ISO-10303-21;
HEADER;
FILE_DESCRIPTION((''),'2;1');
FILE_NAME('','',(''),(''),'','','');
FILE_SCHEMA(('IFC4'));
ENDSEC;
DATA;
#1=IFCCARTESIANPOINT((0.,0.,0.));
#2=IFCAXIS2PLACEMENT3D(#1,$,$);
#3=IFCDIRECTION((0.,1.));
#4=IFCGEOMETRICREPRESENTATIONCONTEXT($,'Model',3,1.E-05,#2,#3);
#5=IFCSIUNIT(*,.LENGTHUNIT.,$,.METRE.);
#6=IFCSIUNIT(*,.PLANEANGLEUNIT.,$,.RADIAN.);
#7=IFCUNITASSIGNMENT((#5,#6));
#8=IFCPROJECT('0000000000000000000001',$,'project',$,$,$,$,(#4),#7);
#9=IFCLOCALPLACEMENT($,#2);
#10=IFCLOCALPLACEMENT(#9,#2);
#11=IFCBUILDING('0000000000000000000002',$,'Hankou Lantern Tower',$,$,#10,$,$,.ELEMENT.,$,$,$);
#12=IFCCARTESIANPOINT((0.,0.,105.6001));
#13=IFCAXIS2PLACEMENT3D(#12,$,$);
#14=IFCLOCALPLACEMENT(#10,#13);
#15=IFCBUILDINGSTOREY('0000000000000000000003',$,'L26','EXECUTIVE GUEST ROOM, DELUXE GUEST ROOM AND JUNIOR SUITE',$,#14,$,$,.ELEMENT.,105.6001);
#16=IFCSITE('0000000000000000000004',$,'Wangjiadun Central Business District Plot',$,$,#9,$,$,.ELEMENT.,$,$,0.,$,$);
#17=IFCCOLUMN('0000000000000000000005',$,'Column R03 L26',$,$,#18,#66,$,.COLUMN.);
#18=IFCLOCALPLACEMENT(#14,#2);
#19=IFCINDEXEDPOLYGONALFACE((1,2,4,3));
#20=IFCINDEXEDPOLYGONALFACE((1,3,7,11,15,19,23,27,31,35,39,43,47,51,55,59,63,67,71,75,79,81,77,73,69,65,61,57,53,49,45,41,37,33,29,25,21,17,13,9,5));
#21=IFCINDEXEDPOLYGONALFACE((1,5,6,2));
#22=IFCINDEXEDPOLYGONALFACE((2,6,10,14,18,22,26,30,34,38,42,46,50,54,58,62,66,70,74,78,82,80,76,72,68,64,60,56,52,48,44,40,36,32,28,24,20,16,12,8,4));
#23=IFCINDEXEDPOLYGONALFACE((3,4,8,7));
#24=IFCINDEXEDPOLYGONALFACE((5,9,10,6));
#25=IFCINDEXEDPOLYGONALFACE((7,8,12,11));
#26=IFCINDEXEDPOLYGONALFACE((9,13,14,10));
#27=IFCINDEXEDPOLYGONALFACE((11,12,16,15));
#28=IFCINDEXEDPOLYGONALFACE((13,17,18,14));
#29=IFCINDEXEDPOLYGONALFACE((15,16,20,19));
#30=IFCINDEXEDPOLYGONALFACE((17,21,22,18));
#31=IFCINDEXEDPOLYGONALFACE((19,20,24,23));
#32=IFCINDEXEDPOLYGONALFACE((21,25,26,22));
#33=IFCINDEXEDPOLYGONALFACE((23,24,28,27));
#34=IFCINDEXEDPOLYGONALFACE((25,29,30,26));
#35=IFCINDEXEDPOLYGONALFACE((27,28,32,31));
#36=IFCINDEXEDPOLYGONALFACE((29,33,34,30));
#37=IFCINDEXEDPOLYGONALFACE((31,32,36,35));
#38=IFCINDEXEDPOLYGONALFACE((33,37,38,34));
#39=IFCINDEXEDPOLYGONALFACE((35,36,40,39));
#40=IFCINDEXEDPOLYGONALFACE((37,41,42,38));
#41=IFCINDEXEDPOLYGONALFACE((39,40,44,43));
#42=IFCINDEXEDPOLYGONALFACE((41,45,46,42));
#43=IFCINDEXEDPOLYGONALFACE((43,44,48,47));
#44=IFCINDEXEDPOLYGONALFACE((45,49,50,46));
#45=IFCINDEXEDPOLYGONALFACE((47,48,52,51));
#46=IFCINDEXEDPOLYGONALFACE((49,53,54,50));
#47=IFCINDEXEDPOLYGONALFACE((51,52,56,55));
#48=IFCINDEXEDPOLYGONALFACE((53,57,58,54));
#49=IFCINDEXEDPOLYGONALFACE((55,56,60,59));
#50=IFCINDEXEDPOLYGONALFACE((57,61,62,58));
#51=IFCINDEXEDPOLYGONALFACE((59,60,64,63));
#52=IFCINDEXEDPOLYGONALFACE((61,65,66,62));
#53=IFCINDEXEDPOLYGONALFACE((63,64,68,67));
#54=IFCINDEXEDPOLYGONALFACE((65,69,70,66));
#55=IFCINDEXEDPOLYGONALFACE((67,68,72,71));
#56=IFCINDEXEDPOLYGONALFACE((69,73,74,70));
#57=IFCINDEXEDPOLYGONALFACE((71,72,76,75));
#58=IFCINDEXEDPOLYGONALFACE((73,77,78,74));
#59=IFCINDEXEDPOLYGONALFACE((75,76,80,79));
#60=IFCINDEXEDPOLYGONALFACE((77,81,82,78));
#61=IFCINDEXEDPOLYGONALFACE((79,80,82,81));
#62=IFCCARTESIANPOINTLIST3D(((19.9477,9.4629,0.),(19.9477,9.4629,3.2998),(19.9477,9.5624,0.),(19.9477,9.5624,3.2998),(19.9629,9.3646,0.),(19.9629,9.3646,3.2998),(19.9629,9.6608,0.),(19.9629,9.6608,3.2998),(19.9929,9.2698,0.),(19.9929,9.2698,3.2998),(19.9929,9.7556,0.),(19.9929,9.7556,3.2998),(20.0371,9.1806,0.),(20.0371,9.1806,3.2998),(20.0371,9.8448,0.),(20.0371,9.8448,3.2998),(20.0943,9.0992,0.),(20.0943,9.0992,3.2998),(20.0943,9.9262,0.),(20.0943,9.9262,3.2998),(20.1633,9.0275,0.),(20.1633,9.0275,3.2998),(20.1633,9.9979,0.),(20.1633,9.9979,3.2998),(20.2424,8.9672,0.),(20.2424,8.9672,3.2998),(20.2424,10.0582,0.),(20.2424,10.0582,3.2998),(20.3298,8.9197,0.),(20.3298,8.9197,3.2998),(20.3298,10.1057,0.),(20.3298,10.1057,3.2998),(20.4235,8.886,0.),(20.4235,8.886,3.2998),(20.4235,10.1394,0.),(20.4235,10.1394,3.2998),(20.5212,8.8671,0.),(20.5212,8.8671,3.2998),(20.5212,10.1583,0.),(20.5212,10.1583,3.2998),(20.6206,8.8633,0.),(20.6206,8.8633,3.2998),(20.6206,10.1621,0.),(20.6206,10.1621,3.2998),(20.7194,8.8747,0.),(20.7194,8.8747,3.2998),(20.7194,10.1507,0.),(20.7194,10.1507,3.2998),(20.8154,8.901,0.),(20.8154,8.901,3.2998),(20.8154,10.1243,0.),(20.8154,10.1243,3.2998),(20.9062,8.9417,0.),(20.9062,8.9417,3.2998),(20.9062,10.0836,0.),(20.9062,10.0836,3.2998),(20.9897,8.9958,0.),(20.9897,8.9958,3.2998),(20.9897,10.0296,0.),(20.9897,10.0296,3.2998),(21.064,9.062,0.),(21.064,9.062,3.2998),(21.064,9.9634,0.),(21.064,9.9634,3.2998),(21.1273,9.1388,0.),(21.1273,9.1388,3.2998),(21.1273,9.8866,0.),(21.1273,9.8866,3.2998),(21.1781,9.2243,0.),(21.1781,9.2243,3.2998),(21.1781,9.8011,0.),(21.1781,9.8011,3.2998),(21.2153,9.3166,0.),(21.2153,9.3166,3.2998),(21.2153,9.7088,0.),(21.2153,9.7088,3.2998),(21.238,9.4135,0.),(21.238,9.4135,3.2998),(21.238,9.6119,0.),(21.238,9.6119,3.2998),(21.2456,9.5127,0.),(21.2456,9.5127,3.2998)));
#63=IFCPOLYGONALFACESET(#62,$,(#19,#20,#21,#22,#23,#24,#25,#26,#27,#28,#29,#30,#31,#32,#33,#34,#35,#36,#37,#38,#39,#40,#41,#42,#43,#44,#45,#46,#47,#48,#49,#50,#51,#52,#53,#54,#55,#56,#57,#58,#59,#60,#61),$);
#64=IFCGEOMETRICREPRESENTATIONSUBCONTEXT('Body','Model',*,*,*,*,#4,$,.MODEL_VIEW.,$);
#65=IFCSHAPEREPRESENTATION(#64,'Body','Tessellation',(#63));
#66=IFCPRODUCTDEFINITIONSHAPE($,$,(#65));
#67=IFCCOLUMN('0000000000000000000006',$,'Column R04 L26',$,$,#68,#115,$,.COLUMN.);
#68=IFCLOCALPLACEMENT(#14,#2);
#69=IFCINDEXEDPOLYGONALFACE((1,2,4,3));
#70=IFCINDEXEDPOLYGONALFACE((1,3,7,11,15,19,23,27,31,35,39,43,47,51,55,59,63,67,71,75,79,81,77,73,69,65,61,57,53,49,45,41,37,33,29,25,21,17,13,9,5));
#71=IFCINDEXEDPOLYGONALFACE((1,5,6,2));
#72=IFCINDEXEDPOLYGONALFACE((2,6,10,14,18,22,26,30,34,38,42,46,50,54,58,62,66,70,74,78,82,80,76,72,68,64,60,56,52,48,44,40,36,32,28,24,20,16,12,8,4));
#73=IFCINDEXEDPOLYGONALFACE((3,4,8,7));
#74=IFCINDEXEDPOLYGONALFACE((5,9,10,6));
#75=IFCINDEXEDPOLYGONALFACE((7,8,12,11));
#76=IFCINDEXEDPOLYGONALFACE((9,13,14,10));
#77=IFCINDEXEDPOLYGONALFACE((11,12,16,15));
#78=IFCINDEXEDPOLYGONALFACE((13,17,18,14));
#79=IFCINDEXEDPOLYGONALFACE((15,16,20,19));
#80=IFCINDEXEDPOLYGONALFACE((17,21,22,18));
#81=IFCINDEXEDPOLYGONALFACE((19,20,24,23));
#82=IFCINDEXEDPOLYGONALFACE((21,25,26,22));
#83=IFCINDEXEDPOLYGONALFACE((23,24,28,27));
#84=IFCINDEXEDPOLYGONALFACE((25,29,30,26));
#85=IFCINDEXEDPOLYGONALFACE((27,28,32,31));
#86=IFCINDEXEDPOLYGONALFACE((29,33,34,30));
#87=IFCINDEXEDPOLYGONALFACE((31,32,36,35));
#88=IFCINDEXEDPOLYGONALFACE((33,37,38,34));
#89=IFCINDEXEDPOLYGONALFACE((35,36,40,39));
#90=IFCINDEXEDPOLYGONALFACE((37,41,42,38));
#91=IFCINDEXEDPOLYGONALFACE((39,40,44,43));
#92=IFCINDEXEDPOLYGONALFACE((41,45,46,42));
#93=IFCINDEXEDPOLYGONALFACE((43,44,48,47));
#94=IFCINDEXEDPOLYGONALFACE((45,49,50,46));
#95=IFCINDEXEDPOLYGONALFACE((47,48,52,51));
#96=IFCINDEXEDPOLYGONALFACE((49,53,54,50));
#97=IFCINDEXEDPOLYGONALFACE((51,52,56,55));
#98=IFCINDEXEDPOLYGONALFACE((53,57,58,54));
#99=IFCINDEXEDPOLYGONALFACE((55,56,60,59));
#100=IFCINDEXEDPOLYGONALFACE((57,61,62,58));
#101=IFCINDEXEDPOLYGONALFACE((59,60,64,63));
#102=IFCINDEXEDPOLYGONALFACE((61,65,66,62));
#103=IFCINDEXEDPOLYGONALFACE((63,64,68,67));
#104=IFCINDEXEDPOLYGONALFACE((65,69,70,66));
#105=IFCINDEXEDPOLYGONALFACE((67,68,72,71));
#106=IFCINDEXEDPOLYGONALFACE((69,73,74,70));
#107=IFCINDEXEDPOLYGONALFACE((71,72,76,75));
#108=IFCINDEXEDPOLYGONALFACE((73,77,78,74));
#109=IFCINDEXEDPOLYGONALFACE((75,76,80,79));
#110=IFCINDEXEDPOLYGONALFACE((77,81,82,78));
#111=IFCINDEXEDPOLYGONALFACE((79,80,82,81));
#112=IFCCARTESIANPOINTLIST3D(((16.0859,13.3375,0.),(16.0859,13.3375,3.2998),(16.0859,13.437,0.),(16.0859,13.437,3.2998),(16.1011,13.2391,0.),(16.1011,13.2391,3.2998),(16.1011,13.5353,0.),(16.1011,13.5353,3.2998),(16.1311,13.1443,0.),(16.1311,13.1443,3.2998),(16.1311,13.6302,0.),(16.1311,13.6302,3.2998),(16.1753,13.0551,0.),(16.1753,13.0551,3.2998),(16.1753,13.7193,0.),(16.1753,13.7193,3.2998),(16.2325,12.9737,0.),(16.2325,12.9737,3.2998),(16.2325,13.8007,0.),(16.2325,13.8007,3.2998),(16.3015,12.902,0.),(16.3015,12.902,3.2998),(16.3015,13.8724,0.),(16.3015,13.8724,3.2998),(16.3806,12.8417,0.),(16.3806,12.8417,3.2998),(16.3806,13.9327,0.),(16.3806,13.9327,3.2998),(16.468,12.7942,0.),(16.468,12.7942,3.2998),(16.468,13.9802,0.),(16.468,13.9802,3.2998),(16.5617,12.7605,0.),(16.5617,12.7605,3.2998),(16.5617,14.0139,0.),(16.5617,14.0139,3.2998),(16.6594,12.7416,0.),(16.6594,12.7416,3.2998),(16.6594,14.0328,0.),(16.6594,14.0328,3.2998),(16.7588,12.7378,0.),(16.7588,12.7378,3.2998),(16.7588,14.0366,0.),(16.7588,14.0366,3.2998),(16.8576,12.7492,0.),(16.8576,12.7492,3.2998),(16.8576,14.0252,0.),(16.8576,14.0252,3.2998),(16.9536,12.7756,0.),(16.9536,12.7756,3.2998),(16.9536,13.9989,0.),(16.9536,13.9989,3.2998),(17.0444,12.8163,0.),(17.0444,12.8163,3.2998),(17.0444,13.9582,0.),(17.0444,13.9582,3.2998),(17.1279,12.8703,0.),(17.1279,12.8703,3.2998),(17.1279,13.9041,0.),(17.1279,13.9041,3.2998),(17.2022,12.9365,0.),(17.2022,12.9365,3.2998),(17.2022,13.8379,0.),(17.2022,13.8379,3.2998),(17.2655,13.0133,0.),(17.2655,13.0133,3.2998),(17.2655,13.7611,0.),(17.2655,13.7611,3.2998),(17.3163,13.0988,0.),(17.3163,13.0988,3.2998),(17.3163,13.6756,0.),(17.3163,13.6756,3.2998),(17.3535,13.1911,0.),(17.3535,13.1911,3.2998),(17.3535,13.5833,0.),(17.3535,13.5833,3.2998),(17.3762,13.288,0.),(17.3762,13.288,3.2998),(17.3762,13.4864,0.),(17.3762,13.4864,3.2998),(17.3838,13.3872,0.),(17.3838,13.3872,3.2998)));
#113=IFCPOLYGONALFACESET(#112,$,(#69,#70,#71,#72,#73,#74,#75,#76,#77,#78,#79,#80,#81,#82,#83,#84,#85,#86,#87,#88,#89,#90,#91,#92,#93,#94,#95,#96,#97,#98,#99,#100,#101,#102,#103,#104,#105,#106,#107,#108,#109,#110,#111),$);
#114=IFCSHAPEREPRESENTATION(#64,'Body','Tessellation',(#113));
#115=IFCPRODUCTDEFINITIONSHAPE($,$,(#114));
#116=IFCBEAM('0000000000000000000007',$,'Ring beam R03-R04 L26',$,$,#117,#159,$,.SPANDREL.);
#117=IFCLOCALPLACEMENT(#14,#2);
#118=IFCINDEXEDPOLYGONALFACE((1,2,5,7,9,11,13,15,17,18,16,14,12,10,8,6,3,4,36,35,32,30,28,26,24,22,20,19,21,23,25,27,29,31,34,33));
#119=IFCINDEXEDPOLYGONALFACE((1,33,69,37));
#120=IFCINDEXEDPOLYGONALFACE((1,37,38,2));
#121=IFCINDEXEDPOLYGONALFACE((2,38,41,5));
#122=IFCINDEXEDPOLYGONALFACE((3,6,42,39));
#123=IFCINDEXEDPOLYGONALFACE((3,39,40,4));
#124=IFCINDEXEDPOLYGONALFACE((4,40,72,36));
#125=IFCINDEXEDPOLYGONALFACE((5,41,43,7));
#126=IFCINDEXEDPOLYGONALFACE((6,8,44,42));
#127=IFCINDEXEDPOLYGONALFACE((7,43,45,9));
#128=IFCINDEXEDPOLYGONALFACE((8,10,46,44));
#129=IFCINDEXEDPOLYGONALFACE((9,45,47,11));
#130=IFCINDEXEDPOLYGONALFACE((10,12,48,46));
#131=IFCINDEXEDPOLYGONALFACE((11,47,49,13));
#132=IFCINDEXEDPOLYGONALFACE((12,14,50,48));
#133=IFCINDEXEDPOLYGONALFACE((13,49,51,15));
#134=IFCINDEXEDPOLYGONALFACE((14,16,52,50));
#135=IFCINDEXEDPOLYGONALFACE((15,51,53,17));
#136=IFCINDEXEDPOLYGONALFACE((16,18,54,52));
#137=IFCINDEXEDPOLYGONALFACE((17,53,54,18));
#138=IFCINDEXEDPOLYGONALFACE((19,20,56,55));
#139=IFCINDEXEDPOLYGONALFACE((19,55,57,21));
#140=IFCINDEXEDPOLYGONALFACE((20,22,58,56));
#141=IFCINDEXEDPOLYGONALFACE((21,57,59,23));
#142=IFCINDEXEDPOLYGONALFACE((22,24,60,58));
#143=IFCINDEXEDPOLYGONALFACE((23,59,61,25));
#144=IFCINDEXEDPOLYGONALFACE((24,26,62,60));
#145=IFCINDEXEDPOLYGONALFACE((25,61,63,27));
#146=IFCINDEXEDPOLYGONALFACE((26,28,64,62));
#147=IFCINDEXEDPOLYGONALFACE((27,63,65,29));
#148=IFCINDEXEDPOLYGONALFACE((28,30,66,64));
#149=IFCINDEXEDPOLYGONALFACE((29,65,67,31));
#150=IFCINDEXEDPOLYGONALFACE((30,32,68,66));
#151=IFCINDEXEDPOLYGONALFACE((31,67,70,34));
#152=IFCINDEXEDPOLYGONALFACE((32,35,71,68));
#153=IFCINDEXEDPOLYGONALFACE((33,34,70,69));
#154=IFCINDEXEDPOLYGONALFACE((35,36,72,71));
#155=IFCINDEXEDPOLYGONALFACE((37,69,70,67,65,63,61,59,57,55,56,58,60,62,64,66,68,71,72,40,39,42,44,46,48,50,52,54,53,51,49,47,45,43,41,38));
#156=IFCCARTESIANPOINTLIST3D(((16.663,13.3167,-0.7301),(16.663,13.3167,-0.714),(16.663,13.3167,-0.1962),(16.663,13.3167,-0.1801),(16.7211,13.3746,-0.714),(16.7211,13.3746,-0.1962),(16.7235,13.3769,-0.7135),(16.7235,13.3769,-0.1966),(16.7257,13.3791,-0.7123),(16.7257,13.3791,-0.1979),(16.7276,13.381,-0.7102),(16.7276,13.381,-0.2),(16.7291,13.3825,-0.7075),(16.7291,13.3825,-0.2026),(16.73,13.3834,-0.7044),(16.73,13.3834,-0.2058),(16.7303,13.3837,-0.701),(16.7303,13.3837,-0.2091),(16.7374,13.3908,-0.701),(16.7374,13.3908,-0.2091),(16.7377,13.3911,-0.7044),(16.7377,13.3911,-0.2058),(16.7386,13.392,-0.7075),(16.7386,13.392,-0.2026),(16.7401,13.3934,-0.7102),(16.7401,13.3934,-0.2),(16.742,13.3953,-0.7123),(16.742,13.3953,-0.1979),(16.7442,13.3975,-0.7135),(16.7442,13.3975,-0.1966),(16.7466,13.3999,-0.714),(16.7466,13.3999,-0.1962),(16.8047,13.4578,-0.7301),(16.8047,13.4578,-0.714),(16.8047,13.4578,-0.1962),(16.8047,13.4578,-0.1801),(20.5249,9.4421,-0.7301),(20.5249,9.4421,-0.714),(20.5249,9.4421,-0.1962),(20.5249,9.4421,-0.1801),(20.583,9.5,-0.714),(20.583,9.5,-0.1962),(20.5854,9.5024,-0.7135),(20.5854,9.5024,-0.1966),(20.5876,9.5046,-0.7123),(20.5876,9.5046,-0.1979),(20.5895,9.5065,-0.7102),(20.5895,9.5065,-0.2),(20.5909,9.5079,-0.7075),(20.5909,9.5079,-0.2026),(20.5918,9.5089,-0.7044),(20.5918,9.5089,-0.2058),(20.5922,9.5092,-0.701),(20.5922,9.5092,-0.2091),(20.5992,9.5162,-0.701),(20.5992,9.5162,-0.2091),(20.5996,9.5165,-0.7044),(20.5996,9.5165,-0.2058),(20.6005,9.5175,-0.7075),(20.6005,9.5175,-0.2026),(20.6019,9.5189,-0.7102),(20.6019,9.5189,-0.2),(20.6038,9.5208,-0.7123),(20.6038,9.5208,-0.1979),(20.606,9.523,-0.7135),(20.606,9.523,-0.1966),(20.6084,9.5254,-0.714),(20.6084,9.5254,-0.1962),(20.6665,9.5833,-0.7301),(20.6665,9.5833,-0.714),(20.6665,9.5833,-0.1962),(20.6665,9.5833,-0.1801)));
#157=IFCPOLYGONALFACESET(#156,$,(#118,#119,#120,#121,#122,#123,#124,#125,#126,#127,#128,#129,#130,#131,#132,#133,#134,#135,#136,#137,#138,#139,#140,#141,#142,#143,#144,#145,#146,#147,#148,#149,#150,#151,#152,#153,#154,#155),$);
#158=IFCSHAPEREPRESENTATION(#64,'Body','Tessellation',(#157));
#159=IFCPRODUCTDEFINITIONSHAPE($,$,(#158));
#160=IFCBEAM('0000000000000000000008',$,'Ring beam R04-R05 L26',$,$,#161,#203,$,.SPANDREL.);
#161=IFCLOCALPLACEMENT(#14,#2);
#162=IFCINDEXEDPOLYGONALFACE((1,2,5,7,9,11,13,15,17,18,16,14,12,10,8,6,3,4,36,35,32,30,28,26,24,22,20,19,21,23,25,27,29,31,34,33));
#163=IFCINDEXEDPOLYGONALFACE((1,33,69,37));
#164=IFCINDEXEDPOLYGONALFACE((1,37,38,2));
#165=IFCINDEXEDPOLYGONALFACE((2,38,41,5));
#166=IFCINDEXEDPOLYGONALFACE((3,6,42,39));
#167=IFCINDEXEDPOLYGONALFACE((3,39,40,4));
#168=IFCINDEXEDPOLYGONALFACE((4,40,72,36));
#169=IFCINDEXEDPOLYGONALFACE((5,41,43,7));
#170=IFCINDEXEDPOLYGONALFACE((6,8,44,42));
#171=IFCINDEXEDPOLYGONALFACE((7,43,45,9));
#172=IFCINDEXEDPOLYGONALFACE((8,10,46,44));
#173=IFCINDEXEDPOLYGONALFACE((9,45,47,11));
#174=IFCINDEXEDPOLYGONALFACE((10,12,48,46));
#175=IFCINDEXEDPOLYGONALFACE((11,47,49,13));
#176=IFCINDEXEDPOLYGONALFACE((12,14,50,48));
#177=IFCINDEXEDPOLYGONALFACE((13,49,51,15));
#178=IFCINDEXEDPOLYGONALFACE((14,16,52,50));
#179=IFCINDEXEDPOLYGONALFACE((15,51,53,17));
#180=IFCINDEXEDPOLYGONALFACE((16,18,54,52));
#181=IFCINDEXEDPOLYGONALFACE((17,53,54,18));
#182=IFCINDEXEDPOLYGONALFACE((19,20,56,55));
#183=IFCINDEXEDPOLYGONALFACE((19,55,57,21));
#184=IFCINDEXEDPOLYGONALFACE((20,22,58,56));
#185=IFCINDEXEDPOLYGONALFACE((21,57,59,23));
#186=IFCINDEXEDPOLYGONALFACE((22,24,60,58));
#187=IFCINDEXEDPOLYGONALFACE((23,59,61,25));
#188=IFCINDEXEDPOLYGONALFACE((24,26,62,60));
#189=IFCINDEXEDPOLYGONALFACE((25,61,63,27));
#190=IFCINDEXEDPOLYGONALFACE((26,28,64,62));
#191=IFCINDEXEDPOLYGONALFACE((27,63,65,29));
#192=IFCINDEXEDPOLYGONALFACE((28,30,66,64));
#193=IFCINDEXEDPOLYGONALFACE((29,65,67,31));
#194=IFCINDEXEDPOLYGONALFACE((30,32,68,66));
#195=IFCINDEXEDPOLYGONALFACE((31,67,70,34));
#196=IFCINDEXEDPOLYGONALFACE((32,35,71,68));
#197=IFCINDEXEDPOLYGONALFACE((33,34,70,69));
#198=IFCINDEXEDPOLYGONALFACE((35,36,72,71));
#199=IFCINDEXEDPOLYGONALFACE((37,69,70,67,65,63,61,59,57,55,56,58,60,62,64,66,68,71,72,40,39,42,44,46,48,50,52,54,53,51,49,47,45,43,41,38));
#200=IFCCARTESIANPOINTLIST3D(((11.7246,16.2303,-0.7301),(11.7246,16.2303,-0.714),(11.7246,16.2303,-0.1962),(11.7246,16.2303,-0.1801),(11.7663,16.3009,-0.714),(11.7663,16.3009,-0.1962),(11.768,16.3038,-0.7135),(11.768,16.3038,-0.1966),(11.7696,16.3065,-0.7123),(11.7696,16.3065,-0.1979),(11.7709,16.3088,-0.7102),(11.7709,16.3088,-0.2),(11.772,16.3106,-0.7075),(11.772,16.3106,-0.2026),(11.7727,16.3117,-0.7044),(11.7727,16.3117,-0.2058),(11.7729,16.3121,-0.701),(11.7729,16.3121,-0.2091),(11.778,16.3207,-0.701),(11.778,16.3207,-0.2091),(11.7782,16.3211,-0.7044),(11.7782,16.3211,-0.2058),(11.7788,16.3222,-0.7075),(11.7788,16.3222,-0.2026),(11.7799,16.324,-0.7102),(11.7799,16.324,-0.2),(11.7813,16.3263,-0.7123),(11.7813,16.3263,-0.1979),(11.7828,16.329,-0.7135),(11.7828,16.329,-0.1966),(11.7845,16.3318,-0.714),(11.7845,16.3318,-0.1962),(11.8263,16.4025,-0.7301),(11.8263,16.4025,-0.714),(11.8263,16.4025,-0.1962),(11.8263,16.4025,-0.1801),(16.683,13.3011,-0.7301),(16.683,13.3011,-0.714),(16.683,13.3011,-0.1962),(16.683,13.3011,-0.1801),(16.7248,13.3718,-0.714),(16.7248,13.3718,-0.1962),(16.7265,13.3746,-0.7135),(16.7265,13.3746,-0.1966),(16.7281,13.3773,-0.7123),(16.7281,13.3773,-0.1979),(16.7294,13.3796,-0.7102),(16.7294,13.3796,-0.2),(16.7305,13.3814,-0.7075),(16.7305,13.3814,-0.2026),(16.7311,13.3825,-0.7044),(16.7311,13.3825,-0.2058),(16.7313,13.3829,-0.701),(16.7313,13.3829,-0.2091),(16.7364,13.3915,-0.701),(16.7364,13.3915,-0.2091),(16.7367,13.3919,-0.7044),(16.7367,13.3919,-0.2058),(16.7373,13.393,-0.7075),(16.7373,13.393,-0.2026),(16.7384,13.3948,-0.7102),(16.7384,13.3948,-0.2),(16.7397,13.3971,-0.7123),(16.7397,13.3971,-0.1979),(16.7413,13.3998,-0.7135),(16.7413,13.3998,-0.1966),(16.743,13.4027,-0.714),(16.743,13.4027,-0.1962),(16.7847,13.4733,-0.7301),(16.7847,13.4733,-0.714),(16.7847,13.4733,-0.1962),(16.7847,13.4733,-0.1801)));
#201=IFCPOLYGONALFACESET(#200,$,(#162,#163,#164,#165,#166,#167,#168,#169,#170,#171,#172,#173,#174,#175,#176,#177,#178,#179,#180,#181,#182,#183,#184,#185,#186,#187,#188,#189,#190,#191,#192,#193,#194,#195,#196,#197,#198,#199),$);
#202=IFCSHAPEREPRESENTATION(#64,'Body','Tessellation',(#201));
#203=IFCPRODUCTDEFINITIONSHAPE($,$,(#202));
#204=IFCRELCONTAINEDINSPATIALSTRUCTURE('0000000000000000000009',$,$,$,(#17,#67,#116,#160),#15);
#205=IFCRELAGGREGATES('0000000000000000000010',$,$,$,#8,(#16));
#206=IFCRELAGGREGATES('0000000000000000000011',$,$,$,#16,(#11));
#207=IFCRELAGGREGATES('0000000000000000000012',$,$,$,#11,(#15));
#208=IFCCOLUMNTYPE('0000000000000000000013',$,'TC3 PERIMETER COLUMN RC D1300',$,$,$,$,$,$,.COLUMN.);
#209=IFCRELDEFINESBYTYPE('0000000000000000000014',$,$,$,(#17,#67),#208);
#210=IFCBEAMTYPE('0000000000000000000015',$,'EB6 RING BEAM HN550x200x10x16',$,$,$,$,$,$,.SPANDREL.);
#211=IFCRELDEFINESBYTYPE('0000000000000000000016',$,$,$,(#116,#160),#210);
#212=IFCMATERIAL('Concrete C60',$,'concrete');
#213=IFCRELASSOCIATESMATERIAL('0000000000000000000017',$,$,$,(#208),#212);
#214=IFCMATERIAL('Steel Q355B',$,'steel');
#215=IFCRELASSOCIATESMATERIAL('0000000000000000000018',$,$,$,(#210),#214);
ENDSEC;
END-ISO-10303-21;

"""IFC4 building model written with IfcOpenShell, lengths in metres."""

from ifc_helpers import new_model, si_unit, direction, frame, origin, origin_2d, place, context, subcontext, project, spatial, circle, i_section, extrude, material, material_profile, profile_set, type_object, element, save


model = new_model("IFC4")

# Units and contexts
model_context = context("Model", 3, precision=1e-05, world=origin(), true_north=direction((0.0, 1.0)))
body_context = subcontext(model_context, "Body", "Model", "MODEL_VIEW")
ifc_project = project(units=[si_unit("LENGTHUNIT", "METRE"), si_unit("PLANEANGLEUNIT", "RADIAN")], contexts=[model_context])

# Site, building, storey
site_placement = place(None, origin())
site = spatial("IfcSite", under=ifc_project, at=site_placement, Name="Wangjiadun Central Business District Plot", CompositionType="ELEMENT", RefElevation=0.0)
building_placement = place(site_placement, origin())
building = spatial("IfcBuilding", under=site, at=building_placement, Name="Hankou Lantern Tower", CompositionType="ELEMENT")
storey_placement = place(building_placement, frame((0.0, 0.0, 105.6001)))
storey = spatial("IfcBuildingStorey", under=building, at=storey_placement, Name="L26", Description="EXECUTIVE GUEST ROOM, DELUXE GUEST ROOM AND JUNIOR SUITE", CompositionType="ELEMENT", Elevation=105.6001)

# Columns
ifc_material_1 = material(Name="Concrete C60", Category="concrete")
ifc_material_profile_1 = material_profile(ifc_material_1, circle(Radius=0.6499, at=origin_2d()), Name="RC D1300")
ifc_profile_set_1 = profile_set([ifc_material_profile_1], Name="Concrete C60")
column_type = type_object("IfcColumnType", Name="TC3 PERIMETER COLUMN RC D1300", PredefinedType="COLUMN", material=ifc_profile_set_1)
for number, where, z_axis, x_axis, name in (
    (1, (20.5957, 9.5127, 0.0), (0.0, 0.0, 1.0), (1.0, 0.0, 0.0), "Column R03 L26"),
    (2, (16.7339, 13.3872, 0.0), (0.0, 0.0, 1.0), (1.0, 0.0, 0.0), "Column R04 L26"),
):
    element("IfcColumn", number, at=place(storey_placement, frame(where, z_axis=z_axis, x_axis=x_axis)), inside=storey, type_object=column_type, Name=name, PredefinedType="COLUMN", context=body_context, shape_type="SweptSolid", body=[
        extrude(circle(Radius=0.6499, at=origin_2d()), origin(), (0.0, 0.0, 1.0), 3.2998),
    ])

# Beams
ifc_material_2 = material(Name="Steel Q355B", Category="steel")
ifc_material_profile_2 = material_profile(ifc_material_2, i_section(OverallWidth=0.2, OverallDepth=0.55, WebThickness=0.01, FlangeThickness=0.0161, FilletRadius=0.0129, at=origin_2d()), Name="HN550x200x10x16")
ifc_profile_set_2 = profile_set([ifc_material_profile_2], Name="Steel Q355B")
beam_type_1 = type_object("IfcBeamType", Name="EB6 RING BEAM HN550x200x10x16", PredefinedType="SPANDREL", material=ifc_profile_set_2)
beam_1_placement = place(storey_placement, frame((20.5957, 9.5127, -0.4551), z_axis=(-0.705945, 0.708266, 0.0), x_axis=(-0.708266, -0.705945, 0.0)))
element("IfcBeam", 3, at=beam_1_placement, inside=storey, type_object=beam_type_1, Name="Ring beam R03-R04 L26", PredefinedType="SPANDREL", context=body_context, shape_type="SweptSolid", body=[
    extrude(i_section(OverallWidth=0.2, OverallDepth=0.55, WebThickness=0.01, FlangeThickness=0.0161, FilletRadius=0.0129, at=origin_2d()), origin(), (0.0, 0.0, 1.0), 5.4705),
])
beam_2_placement = place(storey_placement, frame((16.7339, 13.3872, -0.4551), z_axis=(-0.860989, 0.508624, 0.0), x_axis=(-0.508624, -0.860989, 0.0)))
element("IfcBeam", 4, at=beam_2_placement, inside=storey, type_object=beam_type_1, Name="Ring beam R04-R05 L26", PredefinedType="SPANDREL", context=body_context, shape_type="SweptSolid", body=[
    extrude(i_section(OverallWidth=0.2, OverallDepth=0.55, WebThickness=0.01, FlangeThickness=0.0161, FilletRadius=0.0129, at=origin_2d()), origin(), (0.0, 0.0, 1.0), 5.759),
])

save(model, "model.ifc")
